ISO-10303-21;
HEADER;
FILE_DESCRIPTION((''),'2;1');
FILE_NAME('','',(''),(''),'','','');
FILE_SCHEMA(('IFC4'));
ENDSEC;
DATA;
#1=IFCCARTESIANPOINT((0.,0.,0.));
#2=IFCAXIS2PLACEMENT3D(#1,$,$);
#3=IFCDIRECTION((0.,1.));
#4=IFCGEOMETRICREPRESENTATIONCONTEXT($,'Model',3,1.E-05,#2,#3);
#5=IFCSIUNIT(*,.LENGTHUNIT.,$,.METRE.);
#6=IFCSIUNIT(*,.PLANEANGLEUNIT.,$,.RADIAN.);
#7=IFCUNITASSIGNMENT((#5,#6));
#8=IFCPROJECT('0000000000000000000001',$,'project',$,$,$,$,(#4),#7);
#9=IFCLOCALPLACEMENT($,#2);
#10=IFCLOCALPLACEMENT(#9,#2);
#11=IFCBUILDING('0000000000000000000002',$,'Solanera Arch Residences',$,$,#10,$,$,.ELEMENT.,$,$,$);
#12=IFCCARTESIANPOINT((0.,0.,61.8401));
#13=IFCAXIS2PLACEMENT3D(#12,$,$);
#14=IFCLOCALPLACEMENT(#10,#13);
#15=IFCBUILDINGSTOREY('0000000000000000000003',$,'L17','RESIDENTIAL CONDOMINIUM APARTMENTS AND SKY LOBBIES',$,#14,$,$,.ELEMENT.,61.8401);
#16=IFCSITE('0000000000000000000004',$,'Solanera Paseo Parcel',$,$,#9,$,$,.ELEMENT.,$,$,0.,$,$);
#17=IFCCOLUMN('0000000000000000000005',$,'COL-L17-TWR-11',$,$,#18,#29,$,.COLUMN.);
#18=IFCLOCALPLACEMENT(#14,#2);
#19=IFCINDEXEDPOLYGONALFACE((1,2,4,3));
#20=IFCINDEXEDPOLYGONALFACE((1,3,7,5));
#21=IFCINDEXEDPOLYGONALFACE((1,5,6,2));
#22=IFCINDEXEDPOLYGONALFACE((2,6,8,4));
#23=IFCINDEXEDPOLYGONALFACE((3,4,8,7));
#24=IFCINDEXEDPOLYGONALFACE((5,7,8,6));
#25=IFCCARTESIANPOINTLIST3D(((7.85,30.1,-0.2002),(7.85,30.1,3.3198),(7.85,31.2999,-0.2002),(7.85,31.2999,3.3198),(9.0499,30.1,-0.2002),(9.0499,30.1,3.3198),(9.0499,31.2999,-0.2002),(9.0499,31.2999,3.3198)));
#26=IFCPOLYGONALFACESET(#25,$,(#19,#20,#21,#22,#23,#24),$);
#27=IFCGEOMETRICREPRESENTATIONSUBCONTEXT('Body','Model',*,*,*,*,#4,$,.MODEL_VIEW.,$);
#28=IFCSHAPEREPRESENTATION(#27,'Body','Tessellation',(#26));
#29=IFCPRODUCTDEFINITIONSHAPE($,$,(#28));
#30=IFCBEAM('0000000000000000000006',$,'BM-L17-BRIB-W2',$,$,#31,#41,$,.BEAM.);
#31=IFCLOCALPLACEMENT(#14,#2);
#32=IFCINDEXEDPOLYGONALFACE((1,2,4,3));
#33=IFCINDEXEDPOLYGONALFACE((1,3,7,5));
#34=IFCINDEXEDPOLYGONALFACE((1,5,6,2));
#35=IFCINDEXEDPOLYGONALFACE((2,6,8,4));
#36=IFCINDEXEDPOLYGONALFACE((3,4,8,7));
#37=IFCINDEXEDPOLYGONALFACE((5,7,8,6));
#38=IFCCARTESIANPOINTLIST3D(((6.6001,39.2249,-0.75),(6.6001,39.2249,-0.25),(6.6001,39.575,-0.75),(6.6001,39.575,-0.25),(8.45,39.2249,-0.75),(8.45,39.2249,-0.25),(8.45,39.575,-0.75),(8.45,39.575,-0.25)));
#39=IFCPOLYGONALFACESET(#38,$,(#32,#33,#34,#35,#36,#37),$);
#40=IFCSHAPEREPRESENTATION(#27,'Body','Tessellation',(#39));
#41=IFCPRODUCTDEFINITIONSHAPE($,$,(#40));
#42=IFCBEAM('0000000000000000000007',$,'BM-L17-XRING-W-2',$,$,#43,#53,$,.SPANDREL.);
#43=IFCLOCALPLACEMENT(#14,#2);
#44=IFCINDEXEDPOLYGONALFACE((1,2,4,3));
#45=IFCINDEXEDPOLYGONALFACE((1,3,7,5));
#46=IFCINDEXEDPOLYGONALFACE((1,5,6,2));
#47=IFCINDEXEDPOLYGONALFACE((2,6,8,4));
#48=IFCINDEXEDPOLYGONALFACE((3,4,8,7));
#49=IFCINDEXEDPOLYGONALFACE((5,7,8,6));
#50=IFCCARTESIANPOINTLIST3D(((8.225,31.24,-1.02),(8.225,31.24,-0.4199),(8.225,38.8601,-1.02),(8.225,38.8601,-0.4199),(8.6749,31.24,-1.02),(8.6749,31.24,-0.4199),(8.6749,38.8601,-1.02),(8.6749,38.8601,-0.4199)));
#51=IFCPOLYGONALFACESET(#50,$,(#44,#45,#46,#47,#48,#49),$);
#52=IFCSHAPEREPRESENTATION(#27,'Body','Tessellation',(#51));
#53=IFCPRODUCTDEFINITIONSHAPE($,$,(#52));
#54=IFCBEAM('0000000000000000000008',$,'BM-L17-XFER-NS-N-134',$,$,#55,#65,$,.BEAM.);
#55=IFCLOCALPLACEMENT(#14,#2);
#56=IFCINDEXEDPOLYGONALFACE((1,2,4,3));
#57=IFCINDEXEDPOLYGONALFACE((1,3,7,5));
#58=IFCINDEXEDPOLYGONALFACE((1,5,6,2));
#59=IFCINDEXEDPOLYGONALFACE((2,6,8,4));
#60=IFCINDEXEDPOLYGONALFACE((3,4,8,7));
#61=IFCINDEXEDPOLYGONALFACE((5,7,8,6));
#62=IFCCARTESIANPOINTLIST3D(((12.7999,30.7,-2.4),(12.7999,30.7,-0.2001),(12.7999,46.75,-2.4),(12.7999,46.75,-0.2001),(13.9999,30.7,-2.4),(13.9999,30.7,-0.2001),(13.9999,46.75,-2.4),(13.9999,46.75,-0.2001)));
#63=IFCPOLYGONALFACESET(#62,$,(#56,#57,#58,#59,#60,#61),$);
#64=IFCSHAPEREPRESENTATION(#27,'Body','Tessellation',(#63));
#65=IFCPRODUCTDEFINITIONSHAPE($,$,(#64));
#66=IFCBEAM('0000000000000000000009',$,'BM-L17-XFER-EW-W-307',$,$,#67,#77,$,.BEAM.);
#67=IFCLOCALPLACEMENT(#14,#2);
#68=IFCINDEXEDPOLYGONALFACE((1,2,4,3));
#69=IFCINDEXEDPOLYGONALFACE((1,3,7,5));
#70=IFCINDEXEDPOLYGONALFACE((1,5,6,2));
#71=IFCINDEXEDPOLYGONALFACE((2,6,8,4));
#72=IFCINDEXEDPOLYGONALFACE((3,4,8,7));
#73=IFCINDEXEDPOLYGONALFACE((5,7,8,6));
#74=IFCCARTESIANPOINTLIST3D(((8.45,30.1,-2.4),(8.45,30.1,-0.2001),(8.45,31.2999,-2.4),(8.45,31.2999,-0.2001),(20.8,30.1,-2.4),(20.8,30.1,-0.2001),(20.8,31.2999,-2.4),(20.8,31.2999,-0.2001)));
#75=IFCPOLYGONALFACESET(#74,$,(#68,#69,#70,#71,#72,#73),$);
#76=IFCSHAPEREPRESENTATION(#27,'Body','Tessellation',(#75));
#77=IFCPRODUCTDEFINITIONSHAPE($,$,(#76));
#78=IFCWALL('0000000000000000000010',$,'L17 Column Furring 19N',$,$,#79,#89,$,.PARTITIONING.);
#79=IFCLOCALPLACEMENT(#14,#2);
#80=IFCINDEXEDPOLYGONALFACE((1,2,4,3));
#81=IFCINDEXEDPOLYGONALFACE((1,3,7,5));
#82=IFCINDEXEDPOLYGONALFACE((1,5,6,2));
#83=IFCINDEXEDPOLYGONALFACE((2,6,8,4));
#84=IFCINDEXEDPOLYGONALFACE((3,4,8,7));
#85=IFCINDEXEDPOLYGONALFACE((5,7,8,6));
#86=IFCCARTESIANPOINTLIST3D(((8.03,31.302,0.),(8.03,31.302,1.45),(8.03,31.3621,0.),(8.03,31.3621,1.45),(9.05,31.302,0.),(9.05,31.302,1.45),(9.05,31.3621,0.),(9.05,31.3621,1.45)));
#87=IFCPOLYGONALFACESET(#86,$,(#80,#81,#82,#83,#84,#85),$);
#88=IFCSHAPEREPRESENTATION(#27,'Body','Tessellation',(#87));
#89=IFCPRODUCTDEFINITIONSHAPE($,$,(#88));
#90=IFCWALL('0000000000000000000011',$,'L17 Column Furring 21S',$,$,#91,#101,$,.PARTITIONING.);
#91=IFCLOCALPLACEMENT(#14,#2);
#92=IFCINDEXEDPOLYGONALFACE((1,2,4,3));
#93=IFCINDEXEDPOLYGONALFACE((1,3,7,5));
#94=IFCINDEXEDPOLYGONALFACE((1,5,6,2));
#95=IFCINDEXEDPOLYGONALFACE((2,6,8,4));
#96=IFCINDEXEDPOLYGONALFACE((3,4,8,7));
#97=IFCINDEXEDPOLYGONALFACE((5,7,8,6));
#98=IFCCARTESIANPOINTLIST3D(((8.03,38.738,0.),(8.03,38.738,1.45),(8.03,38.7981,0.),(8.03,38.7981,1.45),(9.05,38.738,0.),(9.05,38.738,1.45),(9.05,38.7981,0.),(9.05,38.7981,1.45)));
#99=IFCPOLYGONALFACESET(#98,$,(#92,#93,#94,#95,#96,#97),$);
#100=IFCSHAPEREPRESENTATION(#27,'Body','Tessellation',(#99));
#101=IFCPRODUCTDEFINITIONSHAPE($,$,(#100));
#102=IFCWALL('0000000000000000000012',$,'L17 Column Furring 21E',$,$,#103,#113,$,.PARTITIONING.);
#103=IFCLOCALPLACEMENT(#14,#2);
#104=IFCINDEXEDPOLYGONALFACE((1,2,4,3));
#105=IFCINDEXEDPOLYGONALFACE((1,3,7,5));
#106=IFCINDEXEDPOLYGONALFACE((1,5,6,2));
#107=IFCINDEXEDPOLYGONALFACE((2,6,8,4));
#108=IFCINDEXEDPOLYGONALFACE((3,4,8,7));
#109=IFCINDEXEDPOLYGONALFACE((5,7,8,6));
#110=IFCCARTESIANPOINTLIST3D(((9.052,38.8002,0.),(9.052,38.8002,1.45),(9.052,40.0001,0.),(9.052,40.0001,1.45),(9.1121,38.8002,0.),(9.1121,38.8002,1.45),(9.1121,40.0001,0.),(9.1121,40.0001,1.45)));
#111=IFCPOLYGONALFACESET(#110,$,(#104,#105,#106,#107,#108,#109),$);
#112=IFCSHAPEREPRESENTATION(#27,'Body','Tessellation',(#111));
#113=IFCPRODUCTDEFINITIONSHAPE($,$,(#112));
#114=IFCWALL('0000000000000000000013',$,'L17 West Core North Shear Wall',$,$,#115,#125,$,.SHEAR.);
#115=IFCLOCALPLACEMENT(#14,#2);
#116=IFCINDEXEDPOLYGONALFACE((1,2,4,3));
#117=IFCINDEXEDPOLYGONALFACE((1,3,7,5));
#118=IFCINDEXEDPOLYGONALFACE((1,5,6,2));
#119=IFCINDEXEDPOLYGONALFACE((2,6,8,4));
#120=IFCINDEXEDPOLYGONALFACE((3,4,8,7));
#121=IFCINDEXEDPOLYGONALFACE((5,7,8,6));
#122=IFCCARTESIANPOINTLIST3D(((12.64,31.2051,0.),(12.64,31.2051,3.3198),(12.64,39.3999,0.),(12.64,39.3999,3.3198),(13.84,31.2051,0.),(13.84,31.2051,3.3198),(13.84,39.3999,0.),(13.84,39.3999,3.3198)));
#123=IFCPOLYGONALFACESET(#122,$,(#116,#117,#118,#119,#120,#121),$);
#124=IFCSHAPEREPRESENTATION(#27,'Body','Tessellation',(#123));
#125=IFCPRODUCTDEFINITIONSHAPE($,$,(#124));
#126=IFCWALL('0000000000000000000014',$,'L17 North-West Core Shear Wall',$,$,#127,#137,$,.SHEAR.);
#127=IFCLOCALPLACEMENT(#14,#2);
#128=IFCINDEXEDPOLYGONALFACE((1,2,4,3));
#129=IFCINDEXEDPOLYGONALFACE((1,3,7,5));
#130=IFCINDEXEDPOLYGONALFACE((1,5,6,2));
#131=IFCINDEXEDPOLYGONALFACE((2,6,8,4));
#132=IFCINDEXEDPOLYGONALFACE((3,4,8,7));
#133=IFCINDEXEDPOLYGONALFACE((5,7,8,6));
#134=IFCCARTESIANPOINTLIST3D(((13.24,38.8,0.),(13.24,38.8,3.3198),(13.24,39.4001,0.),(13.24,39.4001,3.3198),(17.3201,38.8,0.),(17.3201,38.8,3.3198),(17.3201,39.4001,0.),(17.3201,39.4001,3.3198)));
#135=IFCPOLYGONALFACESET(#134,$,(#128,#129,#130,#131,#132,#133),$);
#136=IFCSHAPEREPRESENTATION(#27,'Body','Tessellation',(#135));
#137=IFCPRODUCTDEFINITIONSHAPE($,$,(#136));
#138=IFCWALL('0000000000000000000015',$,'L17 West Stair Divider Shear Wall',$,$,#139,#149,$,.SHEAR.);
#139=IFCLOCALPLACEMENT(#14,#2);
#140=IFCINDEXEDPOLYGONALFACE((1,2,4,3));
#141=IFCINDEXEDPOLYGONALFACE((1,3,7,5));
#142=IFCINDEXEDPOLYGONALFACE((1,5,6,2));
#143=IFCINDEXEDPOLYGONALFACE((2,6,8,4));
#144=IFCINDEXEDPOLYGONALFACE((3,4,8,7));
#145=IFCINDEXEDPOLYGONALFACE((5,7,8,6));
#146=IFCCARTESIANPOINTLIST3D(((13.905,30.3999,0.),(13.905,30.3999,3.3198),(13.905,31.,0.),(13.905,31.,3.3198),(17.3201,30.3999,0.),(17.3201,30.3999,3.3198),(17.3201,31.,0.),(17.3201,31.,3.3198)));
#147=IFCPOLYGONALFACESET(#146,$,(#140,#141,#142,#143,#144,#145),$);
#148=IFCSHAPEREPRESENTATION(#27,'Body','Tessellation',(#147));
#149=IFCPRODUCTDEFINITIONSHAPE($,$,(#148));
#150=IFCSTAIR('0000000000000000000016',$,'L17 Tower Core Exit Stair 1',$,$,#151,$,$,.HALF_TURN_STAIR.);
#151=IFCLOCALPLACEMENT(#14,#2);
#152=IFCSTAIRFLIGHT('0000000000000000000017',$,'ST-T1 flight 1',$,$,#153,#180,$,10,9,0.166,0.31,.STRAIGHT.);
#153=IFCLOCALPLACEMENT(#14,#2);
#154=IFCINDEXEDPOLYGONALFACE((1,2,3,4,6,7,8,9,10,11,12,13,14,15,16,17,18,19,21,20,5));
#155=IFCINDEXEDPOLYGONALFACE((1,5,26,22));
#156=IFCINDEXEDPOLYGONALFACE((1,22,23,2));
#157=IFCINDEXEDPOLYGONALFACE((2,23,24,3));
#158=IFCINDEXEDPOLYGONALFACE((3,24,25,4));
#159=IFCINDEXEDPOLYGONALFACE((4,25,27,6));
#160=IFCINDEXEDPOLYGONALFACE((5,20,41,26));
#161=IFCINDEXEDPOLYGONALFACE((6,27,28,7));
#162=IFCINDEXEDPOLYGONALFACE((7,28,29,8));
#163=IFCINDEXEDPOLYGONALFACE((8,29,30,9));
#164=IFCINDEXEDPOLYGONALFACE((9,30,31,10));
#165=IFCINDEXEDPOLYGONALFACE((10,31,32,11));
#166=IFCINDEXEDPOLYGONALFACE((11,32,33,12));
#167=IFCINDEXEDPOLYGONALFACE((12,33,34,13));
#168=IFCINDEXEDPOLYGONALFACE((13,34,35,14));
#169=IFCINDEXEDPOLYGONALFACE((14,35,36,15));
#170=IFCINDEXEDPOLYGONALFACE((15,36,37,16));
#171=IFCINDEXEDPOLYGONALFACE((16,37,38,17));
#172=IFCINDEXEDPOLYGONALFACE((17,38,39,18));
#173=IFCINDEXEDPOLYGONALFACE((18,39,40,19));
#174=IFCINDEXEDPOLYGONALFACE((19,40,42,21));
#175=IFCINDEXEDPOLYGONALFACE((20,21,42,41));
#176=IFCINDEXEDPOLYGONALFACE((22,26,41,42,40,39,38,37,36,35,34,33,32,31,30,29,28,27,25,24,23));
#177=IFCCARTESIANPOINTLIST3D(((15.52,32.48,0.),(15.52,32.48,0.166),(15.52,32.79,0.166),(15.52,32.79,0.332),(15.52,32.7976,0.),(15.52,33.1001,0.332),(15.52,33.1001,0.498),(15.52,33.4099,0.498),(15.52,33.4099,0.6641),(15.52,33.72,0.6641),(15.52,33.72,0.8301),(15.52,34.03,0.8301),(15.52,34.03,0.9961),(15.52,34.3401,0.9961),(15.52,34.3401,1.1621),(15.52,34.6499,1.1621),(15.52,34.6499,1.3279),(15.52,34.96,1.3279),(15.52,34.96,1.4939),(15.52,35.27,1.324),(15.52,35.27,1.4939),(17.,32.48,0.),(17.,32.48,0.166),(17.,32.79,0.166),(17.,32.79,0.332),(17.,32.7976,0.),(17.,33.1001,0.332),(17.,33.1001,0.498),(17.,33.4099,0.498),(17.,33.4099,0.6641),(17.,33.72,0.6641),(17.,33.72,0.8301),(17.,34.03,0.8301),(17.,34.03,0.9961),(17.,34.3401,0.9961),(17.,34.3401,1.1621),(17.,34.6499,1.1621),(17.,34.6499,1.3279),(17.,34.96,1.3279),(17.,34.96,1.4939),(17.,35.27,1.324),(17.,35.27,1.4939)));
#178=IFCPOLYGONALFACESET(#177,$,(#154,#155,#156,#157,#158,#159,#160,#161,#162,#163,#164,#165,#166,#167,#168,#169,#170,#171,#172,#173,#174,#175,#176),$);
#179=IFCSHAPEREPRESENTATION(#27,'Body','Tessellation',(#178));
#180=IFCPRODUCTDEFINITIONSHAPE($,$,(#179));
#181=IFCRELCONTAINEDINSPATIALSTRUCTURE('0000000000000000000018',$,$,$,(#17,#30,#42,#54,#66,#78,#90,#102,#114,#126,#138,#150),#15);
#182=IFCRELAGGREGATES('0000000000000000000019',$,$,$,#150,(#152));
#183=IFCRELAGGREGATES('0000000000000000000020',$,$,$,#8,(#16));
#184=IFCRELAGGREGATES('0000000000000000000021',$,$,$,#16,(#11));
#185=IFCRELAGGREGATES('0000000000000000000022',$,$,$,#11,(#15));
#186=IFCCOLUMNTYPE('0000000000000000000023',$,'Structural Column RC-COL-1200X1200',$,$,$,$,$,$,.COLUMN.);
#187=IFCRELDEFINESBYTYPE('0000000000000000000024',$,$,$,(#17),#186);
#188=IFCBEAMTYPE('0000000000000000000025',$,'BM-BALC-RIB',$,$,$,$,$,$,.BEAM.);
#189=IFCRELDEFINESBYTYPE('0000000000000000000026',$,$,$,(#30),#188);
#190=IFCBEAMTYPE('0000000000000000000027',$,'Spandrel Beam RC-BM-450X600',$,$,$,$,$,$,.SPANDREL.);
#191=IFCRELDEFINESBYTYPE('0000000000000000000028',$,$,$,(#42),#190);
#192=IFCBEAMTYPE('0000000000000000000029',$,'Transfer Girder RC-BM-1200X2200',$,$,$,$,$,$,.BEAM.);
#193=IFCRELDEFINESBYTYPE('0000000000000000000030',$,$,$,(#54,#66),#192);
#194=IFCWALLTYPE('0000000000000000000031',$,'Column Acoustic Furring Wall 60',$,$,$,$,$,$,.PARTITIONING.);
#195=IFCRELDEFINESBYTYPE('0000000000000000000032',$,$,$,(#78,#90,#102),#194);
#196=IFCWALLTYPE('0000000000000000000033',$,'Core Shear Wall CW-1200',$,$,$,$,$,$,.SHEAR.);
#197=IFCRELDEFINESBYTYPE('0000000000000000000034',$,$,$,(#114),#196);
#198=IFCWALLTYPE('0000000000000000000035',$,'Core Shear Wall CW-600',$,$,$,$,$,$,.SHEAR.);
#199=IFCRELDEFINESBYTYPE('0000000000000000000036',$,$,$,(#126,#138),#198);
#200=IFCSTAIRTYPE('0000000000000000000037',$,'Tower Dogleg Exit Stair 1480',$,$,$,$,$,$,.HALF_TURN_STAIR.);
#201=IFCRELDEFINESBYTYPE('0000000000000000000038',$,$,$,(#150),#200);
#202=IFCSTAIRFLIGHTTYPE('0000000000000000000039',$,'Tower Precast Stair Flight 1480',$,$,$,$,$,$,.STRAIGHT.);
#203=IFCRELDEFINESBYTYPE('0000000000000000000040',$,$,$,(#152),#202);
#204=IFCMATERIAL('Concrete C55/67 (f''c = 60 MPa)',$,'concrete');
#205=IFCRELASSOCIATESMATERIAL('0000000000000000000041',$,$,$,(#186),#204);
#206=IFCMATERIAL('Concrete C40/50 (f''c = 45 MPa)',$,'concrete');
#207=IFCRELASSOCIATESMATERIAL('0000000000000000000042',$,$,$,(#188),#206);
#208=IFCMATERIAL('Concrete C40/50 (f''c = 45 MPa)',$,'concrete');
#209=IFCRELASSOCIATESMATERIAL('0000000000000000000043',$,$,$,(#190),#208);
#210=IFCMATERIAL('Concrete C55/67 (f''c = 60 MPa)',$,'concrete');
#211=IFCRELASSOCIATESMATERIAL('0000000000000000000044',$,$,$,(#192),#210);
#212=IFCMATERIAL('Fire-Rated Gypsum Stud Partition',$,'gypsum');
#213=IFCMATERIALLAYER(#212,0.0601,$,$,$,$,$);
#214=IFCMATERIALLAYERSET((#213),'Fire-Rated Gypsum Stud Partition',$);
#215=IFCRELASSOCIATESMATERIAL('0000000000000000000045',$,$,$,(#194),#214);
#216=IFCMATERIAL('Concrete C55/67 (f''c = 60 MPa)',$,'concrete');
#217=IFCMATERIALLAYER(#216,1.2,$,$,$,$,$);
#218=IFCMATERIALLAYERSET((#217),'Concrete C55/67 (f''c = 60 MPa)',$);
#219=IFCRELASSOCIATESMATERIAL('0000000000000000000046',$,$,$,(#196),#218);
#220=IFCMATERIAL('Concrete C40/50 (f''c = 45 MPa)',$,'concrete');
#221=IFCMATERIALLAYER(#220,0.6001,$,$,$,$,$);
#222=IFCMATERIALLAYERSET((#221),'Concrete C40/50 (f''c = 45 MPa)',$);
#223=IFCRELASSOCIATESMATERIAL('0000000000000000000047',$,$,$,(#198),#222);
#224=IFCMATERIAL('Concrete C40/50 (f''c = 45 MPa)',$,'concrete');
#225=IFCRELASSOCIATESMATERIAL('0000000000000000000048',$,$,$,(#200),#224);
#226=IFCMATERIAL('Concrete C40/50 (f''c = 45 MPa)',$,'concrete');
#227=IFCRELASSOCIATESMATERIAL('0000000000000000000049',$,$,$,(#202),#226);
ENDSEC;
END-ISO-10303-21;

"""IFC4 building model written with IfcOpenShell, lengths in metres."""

from ifc_helpers import new_model, si_unit, direction, frame, frame_2d, origin, origin_2d, place, context, subcontext, project, spatial, polyline, rectangle, outline, extrude, material, layer, layer_set, material_profile, profile_set, type_object, element, aggregate, save


model = new_model("IFC4")

# Units and contexts
model_context = context("Model", 3, precision=1e-05, world=origin(), true_north=direction((0.0, 1.0)))
body_context = subcontext(model_context, "Body", "Model", "MODEL_VIEW")
ifc_project = project(units=[si_unit("LENGTHUNIT", "METRE"), si_unit("PLANEANGLEUNIT", "RADIAN")], contexts=[model_context])

# Site, building, storey
site_placement = place(None, origin())
site = spatial("IfcSite", under=ifc_project, at=site_placement, Name="Solanera Paseo Parcel", CompositionType="ELEMENT", RefElevation=0.0)
building_placement = place(site_placement, origin())
building = spatial("IfcBuilding", under=site, at=building_placement, Name="Solanera Arch Residences", CompositionType="ELEMENT")
storey_placement = place(building_placement, frame((0.0, 0.0, 61.8401)))
storey = spatial("IfcBuildingStorey", under=building, at=storey_placement, Name="L17", Description="RESIDENTIAL CONDOMINIUM APARTMENTS AND SKY LOBBIES", CompositionType="ELEMENT", Elevation=61.8401)

# Column
ifc_material_1 = material(Name="Concrete C55/67 (f'c = 60 MPa)", Category="concrete")
ifc_material_profile_1 = material_profile(ifc_material_1, rectangle(XDim=1.2, YDim=1.2, at=origin_2d()))
ifc_profile_set_1 = profile_set([ifc_material_profile_1], Name="Concrete C55/67 (f'c = 60 MPa)")
column_type = type_object("IfcColumnType", Name="Structural Column RC-COL-1200X1200", PredefinedType="COLUMN", material=ifc_profile_set_1)
column_placement = place(storey_placement, frame((8.45, 30.7, -0.2002), z_axis=(0.0, 0.0, 1.0), x_axis=(1.0, 0.0, 0.0)))
element("IfcColumn", 1, at=column_placement, inside=storey, type_object=column_type, Name="COL-L17-TWR-11", PredefinedType="COLUMN", context=body_context, shape_type="SweptSolid", body=[
    extrude(rectangle(XDim=1.2, YDim=1.2, at=origin_2d()), origin(), (0.0, 0.0, 1.0), 3.52),
])

# Beams
ifc_material_2 = material(Name="Concrete C40/50 (f'c = 45 MPa)", Category="concrete")
ifc_material_profile_2 = material_profile(ifc_material_2, rectangle(XDim=0.3501, YDim=0.5, at=origin_2d()))
ifc_profile_set_2 = profile_set([ifc_material_profile_2], Name="Concrete C40/50 (f'c = 45 MPa)")
beam_type_1 = type_object("IfcBeamType", Name="BM-BALC-RIB", PredefinedType="BEAM", material=ifc_profile_set_2)
beam_1_placement = place(storey_placement, frame((6.6001, 39.3999, -0.5), z_axis=(1.0, 0.0, 0.0), x_axis=(0.0, 1.0, 0.0)))
element("IfcBeam", 2, at=beam_1_placement, inside=storey, type_object=beam_type_1, Name="BM-L17-BRIB-W2", PredefinedType="BEAM", context=body_context, shape_type="SweptSolid", body=[
    extrude(rectangle(XDim=0.3501, YDim=0.5, at=origin_2d()), origin(), (0.0, 0.0, 1.0), 1.8499),
])
ifc_material_3 = material(Name="Concrete C40/50 (f'c = 45 MPa)", Category="concrete")
ifc_material_profile_3 = material_profile(ifc_material_3, rectangle(XDim=0.45, YDim=0.6001, at=origin_2d()))
ifc_profile_set_3 = profile_set([ifc_material_profile_3], Name="Concrete C40/50 (f'c = 45 MPa)")
beam_type_2 = type_object("IfcBeamType", Name="Spandrel Beam RC-BM-450X600", PredefinedType="SPANDREL", material=ifc_profile_set_3)
beam_2_placement = place(storey_placement, frame((8.45, 31.24, -0.72), z_axis=(0.0, 1.0, 0.0), x_axis=(-1.0, 0.0, 0.0)))
element("IfcBeam", 3, at=beam_2_placement, inside=storey, type_object=beam_type_2, Name="BM-L17-XRING-W-2", PredefinedType="SPANDREL", context=body_context, shape_type="SweptSolid", body=[
    extrude(rectangle(XDim=0.45, YDim=0.6001, at=origin_2d()), origin(), (0.0, 0.0, 1.0), 7.6201),
])
ifc_material_4 = material(Name="Concrete C55/67 (f'c = 60 MPa)", Category="concrete")
ifc_material_profile_4 = material_profile(ifc_material_4, rectangle(XDim=1.2, YDim=2.2, at=origin_2d()))
ifc_profile_set_4 = profile_set([ifc_material_profile_4], Name="Concrete C55/67 (f'c = 60 MPa)")
beam_type_3 = type_object("IfcBeamType", Name="Transfer Girder RC-BM-1200X2200", PredefinedType="BEAM", material=ifc_profile_set_4)
beam_3_placement = place(storey_placement, frame((13.3999, 30.7, -1.3), z_axis=(0.0, 1.0, 0.0), x_axis=(-1.0, 0.0, 0.0)))
element("IfcBeam", 4, at=beam_3_placement, inside=storey, type_object=beam_type_3, Name="BM-L17-XFER-NS-N-134", PredefinedType="BEAM", context=body_context, shape_type="SweptSolid", body=[
    extrude(rectangle(XDim=1.2, YDim=2.2, at=origin_2d()), origin(), (0.0, 0.0, 1.0), 16.05),
])
beam_4_placement = place(storey_placement, frame((8.45, 30.7, -1.3), z_axis=(1.0, 0.0, 0.0), x_axis=(0.0, 1.0, 0.0)))
element("IfcBeam", 5, at=beam_4_placement, inside=storey, type_object=beam_type_3, Name="BM-L17-XFER-EW-W-307", PredefinedType="BEAM", context=body_context, shape_type="SweptSolid", body=[
    extrude(rectangle(XDim=1.2, YDim=2.2, at=origin_2d()), origin(), (0.0, 0.0, 1.0), 12.3501),
])

# Walls
ifc_material_5 = material(Name="Fire-Rated Gypsum Stud Partition", Category="gypsum")
ifc_layer_1 = layer(ifc_material_5, 0.0601)
ifc_layer_set_1 = layer_set([ifc_layer_1], Name="Fire-Rated Gypsum Stud Partition")
wall_type_1 = type_object("IfcWallType", Name="Column Acoustic Furring Wall 60", PredefinedType="PARTITIONING", material=ifc_layer_set_1)
for number, where, z_axis, x_axis, name in (
    (6, (8.03, 31.332, 0.0), (0.0, 0.0, 1.0), (1.0, 0.0, 0.0), "L17 Column Furring 19N"),
    (7, (8.03, 38.7681, 0.0), (0.0, 0.0, 1.0), (1.0, 0.0, 0.0), "L17 Column Furring 21S"),
):
    element("IfcWall", number, at=place(storey_placement, frame(where, z_axis=z_axis, x_axis=x_axis)), inside=storey, type_object=wall_type_1, Name=name, PredefinedType="PARTITIONING", context=body_context, shape_type="SweptSolid", body=[
        extrude(rectangle(XDim=1.02, YDim=0.0601, at=frame_2d((0.51, 0.0))), origin(), (0.0, 0.0, 1.0), 1.45),
    ])
wall_1_placement = place(storey_placement, frame((9.082, 38.8, 0.0), z_axis=(0.0, 0.0, 1.0), x_axis=(0.0, 1.0, 0.0)))
element("IfcWall", 8, at=wall_1_placement, inside=storey, type_object=wall_type_1, Name="L17 Column Furring 21E", PredefinedType="PARTITIONING", context=body_context, shape_type="SweptSolid", body=[
    extrude(rectangle(XDim=1.2, YDim=0.0601, at=frame_2d((0.6001, 0.0))), origin(), (0.0, 0.0, 1.0), 1.45),
])
ifc_material_6 = material(Name="Concrete C55/67 (f'c = 60 MPa)", Category="concrete")
ifc_layer_2 = layer(ifc_material_6, 1.2)
ifc_layer_set_2 = layer_set([ifc_layer_2], Name="Concrete C55/67 (f'c = 60 MPa)")
wall_type_2 = type_object("IfcWallType", Name="Core Shear Wall CW-1200", PredefinedType="SHEAR", material=ifc_layer_set_2)
wall_2_placement = place(storey_placement, frame((13.24, 31.2051, 0.0), z_axis=(0.0, 0.0, 1.0), x_axis=(0.0, 1.0, 0.0)))
element("IfcWall", 9, at=wall_2_placement, inside=storey, type_object=wall_type_2, Name="L17 West Core North Shear Wall", PredefinedType="SHEAR", context=body_context, shape_type="SweptSolid", body=[
    extrude(rectangle(XDim=8.1948, YDim=1.2, at=frame_2d((4.0974, 0.0))), origin(), (0.0, 0.0, 1.0), 3.3198),
])
ifc_material_7 = material(Name="Concrete C40/50 (f'c = 45 MPa)", Category="concrete")
ifc_layer_3 = layer(ifc_material_7, 0.6001)
ifc_layer_set_3 = layer_set([ifc_layer_3], Name="Concrete C40/50 (f'c = 45 MPa)")
wall_type_3 = type_object("IfcWallType", Name="Core Shear Wall CW-600", PredefinedType="SHEAR", material=ifc_layer_set_3)
wall_3_placement = place(storey_placement, frame((13.24, 39.1001, 0.0), z_axis=(0.0, 0.0, 1.0), x_axis=(1.0, 0.0, 0.0)))
element("IfcWall", 10, at=wall_3_placement, inside=storey, type_object=wall_type_3, Name="L17 North-West Core Shear Wall", PredefinedType="SHEAR", context=body_context, shape_type="SweptSolid", body=[
    extrude(rectangle(XDim=4.0801, YDim=0.6001, at=frame_2d((2.04, 0.0))), origin(), (0.0, 0.0, 1.0), 3.3198),
])
wall_4_placement = place(storey_placement, frame((13.905, 30.7, 0.0), z_axis=(0.0, 0.0, 1.0), x_axis=(1.0, 0.0, 0.0)))
element("IfcWall", 11, at=wall_4_placement, inside=storey, type_object=wall_type_3, Name="L17 West Stair Divider Shear Wall", PredefinedType="SHEAR", context=body_context, shape_type="SweptSolid", body=[
    extrude(rectangle(XDim=3.415, YDim=0.6001, at=frame_2d((1.7075, 0.0))), origin(), (0.0, 0.0, 1.0), 3.3198),
])

# Stair, stair flight
ifc_material_8 = material(Name="Concrete C40/50 (f'c = 45 MPa)", Category="concrete")
stair_type = type_object("IfcStairType", Name="Tower Dogleg Exit Stair 1480", PredefinedType="HALF_TURN_STAIR", material=ifc_material_8)
stair_placement = place(storey_placement, origin())
stair = element("IfcStair", 12, at=stair_placement, inside=storey, type_object=stair_type, Name="L17 Tower Core Exit Stair 1", PredefinedType="HALF_TURN_STAIR")
ifc_material_9 = material(Name="Concrete C40/50 (f'c = 45 MPa)", Category="concrete")
stair_flight_type = type_object("IfcStairFlightType", Name="Tower Precast Stair Flight 1480", PredefinedType="STRAIGHT", material=ifc_material_9)
stair_flight_1_placement = place(storey_placement, frame((16.26, 32.48, 0.0), z_axis=(0.0, 0.0, 1.0), x_axis=(0.0, 1.0, 0.0)))
stair_flight_1 = element("IfcStairFlight", 13, at=stair_flight_1_placement, type_object=stair_flight_type, Name="ST-T1 flight 1", NumberOfRisers=10, NumberOfTreads=9, PredefinedType="STRAIGHT", RiserHeight=0.166, TreadLength=0.31, context=body_context, shape_type="SweptSolid", body=[
    extrude(outline(polyline([(0.0, 0.0), (0.0, 0.166), (0.3101, 0.166), (0.3101, 0.332), (0.6201, 0.332), (0.6201, 0.498), (0.9299, 0.498), (0.9299, 0.6641), (1.24, 0.6641), (1.24, 0.8301), (1.55, 0.8301), (1.55, 0.9961), (1.8601, 0.9961), (1.8601, 1.1621), (2.1699, 1.1621), (2.1699, 1.3279), (2.48, 1.3279), (2.48, 1.4939), (2.79, 1.4939), (2.79, 1.6599), (2.79, 1.324), (0.3176, 0.0), (0.0, 0.0)])), frame((0.0, 0.74, 0.0), z_axis=(0.0, -1.0, 0.0), x_axis=(1.0, 0.0, 0.0)), (0.0, 0.0, 1.0), 1.48),
])
aggregate(stair, [stair_flight_1])

save(model, "model.ifc")
